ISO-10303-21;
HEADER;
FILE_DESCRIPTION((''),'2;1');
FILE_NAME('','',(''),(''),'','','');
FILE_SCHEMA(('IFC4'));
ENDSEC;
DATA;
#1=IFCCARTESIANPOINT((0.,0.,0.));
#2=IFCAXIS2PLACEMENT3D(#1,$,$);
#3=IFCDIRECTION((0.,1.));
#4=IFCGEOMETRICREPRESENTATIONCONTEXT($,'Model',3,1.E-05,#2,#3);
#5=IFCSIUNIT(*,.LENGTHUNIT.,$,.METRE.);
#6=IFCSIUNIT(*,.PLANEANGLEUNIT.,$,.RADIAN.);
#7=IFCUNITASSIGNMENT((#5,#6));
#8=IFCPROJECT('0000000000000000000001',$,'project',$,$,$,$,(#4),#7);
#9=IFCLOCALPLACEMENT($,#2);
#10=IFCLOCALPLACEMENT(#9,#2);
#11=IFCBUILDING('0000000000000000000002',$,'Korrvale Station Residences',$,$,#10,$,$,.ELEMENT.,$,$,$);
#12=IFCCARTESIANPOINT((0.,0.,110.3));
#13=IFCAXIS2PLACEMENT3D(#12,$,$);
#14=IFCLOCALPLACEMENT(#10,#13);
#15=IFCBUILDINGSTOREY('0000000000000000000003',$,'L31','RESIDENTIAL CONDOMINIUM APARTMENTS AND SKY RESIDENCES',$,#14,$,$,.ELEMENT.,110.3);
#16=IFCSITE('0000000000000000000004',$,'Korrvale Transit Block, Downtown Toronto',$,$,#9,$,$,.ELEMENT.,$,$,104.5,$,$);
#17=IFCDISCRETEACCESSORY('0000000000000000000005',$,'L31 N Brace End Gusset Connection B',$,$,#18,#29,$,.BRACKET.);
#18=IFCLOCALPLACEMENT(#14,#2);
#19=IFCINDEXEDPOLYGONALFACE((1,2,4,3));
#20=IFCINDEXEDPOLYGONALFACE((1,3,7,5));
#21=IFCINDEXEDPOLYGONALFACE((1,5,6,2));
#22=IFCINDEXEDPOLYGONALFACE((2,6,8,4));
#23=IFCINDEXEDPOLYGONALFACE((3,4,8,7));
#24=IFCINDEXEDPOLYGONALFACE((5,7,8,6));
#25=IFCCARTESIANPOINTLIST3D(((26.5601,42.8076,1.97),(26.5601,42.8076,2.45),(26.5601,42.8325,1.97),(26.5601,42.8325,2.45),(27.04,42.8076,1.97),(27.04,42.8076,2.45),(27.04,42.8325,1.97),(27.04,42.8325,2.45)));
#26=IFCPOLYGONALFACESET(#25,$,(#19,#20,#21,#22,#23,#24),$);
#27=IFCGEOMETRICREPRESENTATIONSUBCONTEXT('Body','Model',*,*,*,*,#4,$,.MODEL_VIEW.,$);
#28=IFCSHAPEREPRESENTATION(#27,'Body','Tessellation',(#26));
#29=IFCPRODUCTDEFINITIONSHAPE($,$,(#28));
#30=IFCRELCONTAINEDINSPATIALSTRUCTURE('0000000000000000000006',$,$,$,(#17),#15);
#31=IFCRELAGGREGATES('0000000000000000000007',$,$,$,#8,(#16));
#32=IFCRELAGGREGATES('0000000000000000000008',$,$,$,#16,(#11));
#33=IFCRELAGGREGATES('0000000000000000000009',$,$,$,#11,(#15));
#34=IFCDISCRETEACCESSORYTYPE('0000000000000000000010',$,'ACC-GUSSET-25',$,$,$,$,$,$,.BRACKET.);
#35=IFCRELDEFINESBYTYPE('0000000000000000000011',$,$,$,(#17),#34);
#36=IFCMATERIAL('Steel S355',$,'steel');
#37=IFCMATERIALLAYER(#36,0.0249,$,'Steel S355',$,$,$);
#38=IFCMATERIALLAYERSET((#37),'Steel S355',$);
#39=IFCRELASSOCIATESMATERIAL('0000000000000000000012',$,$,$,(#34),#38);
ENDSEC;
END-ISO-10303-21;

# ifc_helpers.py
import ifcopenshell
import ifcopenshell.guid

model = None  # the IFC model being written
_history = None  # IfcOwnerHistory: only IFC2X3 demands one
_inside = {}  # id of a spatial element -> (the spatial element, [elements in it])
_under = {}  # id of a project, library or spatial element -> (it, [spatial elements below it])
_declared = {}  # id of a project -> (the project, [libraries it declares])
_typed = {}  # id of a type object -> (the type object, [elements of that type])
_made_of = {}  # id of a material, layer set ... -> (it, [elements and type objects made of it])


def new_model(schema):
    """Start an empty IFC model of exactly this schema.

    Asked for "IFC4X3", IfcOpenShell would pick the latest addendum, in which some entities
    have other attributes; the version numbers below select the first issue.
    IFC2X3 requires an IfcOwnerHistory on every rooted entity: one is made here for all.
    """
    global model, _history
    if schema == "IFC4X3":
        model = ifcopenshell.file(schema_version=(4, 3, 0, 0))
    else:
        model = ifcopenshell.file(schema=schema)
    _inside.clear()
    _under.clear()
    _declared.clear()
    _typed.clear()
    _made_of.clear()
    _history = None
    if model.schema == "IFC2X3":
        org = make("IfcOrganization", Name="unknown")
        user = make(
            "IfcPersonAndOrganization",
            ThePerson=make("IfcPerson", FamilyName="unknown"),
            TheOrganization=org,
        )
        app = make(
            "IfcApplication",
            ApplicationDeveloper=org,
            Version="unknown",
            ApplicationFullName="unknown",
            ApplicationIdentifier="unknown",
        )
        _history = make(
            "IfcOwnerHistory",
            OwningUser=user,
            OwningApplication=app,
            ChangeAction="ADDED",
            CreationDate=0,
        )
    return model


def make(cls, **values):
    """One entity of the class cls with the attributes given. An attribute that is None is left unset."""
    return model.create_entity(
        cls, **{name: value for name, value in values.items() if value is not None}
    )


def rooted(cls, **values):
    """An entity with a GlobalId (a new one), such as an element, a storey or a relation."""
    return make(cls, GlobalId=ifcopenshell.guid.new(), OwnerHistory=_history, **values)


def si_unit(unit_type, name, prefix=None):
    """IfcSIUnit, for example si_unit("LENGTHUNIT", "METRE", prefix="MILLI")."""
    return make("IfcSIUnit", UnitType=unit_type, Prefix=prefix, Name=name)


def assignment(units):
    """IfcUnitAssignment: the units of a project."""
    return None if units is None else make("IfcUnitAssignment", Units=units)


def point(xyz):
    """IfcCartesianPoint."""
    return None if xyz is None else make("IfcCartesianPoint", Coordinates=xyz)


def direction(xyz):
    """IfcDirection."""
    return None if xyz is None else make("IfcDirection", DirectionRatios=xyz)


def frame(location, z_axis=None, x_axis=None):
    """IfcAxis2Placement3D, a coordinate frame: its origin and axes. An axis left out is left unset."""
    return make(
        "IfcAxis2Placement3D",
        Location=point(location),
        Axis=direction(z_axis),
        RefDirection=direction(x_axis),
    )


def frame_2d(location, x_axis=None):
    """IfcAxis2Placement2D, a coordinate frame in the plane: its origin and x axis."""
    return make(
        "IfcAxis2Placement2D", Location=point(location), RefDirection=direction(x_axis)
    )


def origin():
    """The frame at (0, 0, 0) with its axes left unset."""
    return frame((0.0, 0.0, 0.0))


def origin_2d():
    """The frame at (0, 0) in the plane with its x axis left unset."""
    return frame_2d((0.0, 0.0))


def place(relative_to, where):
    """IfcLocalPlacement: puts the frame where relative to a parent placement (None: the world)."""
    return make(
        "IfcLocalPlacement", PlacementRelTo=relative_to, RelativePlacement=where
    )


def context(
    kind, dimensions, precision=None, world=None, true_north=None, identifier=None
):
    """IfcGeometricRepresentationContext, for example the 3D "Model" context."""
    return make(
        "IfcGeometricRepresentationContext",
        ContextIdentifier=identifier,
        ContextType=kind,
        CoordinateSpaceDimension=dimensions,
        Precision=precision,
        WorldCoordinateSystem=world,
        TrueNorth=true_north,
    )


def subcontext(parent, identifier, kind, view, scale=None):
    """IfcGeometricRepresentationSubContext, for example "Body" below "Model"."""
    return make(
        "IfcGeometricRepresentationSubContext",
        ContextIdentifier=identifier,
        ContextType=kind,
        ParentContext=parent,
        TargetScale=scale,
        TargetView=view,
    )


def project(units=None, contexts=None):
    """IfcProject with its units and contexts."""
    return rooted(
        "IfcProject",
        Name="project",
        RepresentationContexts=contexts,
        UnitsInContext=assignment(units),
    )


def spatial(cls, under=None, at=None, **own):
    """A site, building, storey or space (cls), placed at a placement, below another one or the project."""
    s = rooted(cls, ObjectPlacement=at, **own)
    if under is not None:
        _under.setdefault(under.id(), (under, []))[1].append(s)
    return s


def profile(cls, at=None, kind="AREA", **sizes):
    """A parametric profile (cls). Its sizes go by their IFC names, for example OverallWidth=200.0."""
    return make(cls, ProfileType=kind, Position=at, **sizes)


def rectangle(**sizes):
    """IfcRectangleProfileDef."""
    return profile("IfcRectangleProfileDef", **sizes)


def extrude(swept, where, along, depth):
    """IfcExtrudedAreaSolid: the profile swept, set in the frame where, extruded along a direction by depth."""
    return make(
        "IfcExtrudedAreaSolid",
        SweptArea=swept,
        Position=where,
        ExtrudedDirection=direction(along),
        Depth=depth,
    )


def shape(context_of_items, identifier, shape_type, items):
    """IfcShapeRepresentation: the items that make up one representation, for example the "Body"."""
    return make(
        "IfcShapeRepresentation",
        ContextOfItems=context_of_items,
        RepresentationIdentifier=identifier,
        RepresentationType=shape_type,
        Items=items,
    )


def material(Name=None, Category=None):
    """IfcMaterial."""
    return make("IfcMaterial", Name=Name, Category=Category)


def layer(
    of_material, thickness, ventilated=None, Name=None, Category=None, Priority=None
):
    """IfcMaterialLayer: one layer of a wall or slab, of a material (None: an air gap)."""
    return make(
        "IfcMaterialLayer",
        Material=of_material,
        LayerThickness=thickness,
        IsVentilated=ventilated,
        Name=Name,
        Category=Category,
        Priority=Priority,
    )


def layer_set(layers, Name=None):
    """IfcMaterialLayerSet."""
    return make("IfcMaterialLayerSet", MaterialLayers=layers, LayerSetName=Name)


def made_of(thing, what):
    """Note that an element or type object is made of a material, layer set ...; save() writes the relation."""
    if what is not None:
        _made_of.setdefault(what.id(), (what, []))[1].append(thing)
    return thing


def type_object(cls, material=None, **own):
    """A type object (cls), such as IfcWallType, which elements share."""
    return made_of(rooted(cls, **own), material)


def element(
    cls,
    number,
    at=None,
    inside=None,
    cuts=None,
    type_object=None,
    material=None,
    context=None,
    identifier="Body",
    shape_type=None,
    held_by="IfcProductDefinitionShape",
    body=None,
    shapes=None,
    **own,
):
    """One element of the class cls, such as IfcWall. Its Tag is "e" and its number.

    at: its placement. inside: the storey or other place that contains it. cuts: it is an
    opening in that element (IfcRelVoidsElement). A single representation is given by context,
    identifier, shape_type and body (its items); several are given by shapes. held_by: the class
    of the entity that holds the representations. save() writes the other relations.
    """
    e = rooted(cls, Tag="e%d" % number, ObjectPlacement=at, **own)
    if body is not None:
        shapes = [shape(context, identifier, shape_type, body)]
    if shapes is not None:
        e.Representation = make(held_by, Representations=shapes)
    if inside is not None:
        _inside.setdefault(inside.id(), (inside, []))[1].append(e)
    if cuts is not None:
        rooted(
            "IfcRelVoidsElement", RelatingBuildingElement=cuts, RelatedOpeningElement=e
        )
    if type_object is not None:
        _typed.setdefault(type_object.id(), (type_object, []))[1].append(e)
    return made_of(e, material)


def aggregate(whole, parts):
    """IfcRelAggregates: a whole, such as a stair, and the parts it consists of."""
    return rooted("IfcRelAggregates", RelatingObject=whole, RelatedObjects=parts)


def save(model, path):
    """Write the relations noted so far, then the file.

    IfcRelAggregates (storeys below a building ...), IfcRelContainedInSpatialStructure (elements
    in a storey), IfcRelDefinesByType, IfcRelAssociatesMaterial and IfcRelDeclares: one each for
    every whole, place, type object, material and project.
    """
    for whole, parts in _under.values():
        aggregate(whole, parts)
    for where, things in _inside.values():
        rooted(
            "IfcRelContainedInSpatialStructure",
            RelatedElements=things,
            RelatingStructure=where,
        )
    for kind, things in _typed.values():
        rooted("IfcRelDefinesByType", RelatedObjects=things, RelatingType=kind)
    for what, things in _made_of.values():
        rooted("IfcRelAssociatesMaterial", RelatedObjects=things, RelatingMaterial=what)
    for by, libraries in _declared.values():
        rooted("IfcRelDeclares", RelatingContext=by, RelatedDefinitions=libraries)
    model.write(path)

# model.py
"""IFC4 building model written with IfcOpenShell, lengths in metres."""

from ifc_helpers import new_model, si_unit, direction, frame, origin, origin_2d, place, context, subcontext, project, spatial, rectangle, extrude, material, layer, layer_set, type_object, element, save


model = new_model("IFC4")

# Units and contexts
model_context = context("Model", 3, precision=1e-05, world=origin(), true_north=direction((0.0, 1.0)))
body_context = subcontext(model_context, "Body", "Model", "MODEL_VIEW")
ifc_project = project(units=[si_unit("LENGTHUNIT", "METRE"), si_unit("PLANEANGLEUNIT", "RADIAN")], contexts=[model_context])

# Site, building, storey
site_placement = place(None, origin())
site = spatial("IfcSite", under=ifc_project, at=site_placement, Name="Korrvale Transit Block, Downtown Toronto", CompositionType="ELEMENT", RefElevation=104.5)
building_placement = place(site_placement, origin())
building = spatial("IfcBuilding", under=site, at=building_placement, Name="Korrvale Station Residences", CompositionType="ELEMENT")
storey_placement = place(building_placement, frame((0.0, 0.0, 110.3)))
storey = spatial("IfcBuildingStorey", under=building, at=storey_placement, Name="L31", Description="RESIDENTIAL CONDOMINIUM APARTMENTS AND SKY RESIDENCES", CompositionType="ELEMENT", Elevation=110.3)

# Shared definitions
ifc_material_1 = material(Name="Steel S355", Category="steel")

# Discrete accessory
ifc_layer_1 = layer(ifc_material_1, 0.0249, Name="Steel S355")
ifc_layer_set_1 = layer_set([ifc_layer_1], Name="Steel S355")
discrete_accessory_type = type_object("IfcDiscreteAccessoryType", Name="ACC-GUSSET-25", PredefinedType="BRACKET", material=ifc_layer_set_1)
for number, where, z_axis, x_axis, name in (
    (1, (26.8, 42.8201, 1.97), (0.0, 0.0, 1.0), (1.0, 0.0, 0.0), "L31 N Brace End Gusset Connection B"),
):
    element("IfcDiscreteAccessory", number, at=place(storey_placement, frame(where, z_axis=z_axis, x_axis=x_axis)), inside=storey, type_object=discrete_accessory_type, Name=name, PredefinedType="BRACKET", context=body_context, shape_type="SweptSolid", body=[
        extrude(rectangle(XDim=0.48, YDim=0.0249, at=origin_2d()), origin(), (0.0, 0.0, 1.0), 0.48),
    ])

save(model, "model.ifc")
